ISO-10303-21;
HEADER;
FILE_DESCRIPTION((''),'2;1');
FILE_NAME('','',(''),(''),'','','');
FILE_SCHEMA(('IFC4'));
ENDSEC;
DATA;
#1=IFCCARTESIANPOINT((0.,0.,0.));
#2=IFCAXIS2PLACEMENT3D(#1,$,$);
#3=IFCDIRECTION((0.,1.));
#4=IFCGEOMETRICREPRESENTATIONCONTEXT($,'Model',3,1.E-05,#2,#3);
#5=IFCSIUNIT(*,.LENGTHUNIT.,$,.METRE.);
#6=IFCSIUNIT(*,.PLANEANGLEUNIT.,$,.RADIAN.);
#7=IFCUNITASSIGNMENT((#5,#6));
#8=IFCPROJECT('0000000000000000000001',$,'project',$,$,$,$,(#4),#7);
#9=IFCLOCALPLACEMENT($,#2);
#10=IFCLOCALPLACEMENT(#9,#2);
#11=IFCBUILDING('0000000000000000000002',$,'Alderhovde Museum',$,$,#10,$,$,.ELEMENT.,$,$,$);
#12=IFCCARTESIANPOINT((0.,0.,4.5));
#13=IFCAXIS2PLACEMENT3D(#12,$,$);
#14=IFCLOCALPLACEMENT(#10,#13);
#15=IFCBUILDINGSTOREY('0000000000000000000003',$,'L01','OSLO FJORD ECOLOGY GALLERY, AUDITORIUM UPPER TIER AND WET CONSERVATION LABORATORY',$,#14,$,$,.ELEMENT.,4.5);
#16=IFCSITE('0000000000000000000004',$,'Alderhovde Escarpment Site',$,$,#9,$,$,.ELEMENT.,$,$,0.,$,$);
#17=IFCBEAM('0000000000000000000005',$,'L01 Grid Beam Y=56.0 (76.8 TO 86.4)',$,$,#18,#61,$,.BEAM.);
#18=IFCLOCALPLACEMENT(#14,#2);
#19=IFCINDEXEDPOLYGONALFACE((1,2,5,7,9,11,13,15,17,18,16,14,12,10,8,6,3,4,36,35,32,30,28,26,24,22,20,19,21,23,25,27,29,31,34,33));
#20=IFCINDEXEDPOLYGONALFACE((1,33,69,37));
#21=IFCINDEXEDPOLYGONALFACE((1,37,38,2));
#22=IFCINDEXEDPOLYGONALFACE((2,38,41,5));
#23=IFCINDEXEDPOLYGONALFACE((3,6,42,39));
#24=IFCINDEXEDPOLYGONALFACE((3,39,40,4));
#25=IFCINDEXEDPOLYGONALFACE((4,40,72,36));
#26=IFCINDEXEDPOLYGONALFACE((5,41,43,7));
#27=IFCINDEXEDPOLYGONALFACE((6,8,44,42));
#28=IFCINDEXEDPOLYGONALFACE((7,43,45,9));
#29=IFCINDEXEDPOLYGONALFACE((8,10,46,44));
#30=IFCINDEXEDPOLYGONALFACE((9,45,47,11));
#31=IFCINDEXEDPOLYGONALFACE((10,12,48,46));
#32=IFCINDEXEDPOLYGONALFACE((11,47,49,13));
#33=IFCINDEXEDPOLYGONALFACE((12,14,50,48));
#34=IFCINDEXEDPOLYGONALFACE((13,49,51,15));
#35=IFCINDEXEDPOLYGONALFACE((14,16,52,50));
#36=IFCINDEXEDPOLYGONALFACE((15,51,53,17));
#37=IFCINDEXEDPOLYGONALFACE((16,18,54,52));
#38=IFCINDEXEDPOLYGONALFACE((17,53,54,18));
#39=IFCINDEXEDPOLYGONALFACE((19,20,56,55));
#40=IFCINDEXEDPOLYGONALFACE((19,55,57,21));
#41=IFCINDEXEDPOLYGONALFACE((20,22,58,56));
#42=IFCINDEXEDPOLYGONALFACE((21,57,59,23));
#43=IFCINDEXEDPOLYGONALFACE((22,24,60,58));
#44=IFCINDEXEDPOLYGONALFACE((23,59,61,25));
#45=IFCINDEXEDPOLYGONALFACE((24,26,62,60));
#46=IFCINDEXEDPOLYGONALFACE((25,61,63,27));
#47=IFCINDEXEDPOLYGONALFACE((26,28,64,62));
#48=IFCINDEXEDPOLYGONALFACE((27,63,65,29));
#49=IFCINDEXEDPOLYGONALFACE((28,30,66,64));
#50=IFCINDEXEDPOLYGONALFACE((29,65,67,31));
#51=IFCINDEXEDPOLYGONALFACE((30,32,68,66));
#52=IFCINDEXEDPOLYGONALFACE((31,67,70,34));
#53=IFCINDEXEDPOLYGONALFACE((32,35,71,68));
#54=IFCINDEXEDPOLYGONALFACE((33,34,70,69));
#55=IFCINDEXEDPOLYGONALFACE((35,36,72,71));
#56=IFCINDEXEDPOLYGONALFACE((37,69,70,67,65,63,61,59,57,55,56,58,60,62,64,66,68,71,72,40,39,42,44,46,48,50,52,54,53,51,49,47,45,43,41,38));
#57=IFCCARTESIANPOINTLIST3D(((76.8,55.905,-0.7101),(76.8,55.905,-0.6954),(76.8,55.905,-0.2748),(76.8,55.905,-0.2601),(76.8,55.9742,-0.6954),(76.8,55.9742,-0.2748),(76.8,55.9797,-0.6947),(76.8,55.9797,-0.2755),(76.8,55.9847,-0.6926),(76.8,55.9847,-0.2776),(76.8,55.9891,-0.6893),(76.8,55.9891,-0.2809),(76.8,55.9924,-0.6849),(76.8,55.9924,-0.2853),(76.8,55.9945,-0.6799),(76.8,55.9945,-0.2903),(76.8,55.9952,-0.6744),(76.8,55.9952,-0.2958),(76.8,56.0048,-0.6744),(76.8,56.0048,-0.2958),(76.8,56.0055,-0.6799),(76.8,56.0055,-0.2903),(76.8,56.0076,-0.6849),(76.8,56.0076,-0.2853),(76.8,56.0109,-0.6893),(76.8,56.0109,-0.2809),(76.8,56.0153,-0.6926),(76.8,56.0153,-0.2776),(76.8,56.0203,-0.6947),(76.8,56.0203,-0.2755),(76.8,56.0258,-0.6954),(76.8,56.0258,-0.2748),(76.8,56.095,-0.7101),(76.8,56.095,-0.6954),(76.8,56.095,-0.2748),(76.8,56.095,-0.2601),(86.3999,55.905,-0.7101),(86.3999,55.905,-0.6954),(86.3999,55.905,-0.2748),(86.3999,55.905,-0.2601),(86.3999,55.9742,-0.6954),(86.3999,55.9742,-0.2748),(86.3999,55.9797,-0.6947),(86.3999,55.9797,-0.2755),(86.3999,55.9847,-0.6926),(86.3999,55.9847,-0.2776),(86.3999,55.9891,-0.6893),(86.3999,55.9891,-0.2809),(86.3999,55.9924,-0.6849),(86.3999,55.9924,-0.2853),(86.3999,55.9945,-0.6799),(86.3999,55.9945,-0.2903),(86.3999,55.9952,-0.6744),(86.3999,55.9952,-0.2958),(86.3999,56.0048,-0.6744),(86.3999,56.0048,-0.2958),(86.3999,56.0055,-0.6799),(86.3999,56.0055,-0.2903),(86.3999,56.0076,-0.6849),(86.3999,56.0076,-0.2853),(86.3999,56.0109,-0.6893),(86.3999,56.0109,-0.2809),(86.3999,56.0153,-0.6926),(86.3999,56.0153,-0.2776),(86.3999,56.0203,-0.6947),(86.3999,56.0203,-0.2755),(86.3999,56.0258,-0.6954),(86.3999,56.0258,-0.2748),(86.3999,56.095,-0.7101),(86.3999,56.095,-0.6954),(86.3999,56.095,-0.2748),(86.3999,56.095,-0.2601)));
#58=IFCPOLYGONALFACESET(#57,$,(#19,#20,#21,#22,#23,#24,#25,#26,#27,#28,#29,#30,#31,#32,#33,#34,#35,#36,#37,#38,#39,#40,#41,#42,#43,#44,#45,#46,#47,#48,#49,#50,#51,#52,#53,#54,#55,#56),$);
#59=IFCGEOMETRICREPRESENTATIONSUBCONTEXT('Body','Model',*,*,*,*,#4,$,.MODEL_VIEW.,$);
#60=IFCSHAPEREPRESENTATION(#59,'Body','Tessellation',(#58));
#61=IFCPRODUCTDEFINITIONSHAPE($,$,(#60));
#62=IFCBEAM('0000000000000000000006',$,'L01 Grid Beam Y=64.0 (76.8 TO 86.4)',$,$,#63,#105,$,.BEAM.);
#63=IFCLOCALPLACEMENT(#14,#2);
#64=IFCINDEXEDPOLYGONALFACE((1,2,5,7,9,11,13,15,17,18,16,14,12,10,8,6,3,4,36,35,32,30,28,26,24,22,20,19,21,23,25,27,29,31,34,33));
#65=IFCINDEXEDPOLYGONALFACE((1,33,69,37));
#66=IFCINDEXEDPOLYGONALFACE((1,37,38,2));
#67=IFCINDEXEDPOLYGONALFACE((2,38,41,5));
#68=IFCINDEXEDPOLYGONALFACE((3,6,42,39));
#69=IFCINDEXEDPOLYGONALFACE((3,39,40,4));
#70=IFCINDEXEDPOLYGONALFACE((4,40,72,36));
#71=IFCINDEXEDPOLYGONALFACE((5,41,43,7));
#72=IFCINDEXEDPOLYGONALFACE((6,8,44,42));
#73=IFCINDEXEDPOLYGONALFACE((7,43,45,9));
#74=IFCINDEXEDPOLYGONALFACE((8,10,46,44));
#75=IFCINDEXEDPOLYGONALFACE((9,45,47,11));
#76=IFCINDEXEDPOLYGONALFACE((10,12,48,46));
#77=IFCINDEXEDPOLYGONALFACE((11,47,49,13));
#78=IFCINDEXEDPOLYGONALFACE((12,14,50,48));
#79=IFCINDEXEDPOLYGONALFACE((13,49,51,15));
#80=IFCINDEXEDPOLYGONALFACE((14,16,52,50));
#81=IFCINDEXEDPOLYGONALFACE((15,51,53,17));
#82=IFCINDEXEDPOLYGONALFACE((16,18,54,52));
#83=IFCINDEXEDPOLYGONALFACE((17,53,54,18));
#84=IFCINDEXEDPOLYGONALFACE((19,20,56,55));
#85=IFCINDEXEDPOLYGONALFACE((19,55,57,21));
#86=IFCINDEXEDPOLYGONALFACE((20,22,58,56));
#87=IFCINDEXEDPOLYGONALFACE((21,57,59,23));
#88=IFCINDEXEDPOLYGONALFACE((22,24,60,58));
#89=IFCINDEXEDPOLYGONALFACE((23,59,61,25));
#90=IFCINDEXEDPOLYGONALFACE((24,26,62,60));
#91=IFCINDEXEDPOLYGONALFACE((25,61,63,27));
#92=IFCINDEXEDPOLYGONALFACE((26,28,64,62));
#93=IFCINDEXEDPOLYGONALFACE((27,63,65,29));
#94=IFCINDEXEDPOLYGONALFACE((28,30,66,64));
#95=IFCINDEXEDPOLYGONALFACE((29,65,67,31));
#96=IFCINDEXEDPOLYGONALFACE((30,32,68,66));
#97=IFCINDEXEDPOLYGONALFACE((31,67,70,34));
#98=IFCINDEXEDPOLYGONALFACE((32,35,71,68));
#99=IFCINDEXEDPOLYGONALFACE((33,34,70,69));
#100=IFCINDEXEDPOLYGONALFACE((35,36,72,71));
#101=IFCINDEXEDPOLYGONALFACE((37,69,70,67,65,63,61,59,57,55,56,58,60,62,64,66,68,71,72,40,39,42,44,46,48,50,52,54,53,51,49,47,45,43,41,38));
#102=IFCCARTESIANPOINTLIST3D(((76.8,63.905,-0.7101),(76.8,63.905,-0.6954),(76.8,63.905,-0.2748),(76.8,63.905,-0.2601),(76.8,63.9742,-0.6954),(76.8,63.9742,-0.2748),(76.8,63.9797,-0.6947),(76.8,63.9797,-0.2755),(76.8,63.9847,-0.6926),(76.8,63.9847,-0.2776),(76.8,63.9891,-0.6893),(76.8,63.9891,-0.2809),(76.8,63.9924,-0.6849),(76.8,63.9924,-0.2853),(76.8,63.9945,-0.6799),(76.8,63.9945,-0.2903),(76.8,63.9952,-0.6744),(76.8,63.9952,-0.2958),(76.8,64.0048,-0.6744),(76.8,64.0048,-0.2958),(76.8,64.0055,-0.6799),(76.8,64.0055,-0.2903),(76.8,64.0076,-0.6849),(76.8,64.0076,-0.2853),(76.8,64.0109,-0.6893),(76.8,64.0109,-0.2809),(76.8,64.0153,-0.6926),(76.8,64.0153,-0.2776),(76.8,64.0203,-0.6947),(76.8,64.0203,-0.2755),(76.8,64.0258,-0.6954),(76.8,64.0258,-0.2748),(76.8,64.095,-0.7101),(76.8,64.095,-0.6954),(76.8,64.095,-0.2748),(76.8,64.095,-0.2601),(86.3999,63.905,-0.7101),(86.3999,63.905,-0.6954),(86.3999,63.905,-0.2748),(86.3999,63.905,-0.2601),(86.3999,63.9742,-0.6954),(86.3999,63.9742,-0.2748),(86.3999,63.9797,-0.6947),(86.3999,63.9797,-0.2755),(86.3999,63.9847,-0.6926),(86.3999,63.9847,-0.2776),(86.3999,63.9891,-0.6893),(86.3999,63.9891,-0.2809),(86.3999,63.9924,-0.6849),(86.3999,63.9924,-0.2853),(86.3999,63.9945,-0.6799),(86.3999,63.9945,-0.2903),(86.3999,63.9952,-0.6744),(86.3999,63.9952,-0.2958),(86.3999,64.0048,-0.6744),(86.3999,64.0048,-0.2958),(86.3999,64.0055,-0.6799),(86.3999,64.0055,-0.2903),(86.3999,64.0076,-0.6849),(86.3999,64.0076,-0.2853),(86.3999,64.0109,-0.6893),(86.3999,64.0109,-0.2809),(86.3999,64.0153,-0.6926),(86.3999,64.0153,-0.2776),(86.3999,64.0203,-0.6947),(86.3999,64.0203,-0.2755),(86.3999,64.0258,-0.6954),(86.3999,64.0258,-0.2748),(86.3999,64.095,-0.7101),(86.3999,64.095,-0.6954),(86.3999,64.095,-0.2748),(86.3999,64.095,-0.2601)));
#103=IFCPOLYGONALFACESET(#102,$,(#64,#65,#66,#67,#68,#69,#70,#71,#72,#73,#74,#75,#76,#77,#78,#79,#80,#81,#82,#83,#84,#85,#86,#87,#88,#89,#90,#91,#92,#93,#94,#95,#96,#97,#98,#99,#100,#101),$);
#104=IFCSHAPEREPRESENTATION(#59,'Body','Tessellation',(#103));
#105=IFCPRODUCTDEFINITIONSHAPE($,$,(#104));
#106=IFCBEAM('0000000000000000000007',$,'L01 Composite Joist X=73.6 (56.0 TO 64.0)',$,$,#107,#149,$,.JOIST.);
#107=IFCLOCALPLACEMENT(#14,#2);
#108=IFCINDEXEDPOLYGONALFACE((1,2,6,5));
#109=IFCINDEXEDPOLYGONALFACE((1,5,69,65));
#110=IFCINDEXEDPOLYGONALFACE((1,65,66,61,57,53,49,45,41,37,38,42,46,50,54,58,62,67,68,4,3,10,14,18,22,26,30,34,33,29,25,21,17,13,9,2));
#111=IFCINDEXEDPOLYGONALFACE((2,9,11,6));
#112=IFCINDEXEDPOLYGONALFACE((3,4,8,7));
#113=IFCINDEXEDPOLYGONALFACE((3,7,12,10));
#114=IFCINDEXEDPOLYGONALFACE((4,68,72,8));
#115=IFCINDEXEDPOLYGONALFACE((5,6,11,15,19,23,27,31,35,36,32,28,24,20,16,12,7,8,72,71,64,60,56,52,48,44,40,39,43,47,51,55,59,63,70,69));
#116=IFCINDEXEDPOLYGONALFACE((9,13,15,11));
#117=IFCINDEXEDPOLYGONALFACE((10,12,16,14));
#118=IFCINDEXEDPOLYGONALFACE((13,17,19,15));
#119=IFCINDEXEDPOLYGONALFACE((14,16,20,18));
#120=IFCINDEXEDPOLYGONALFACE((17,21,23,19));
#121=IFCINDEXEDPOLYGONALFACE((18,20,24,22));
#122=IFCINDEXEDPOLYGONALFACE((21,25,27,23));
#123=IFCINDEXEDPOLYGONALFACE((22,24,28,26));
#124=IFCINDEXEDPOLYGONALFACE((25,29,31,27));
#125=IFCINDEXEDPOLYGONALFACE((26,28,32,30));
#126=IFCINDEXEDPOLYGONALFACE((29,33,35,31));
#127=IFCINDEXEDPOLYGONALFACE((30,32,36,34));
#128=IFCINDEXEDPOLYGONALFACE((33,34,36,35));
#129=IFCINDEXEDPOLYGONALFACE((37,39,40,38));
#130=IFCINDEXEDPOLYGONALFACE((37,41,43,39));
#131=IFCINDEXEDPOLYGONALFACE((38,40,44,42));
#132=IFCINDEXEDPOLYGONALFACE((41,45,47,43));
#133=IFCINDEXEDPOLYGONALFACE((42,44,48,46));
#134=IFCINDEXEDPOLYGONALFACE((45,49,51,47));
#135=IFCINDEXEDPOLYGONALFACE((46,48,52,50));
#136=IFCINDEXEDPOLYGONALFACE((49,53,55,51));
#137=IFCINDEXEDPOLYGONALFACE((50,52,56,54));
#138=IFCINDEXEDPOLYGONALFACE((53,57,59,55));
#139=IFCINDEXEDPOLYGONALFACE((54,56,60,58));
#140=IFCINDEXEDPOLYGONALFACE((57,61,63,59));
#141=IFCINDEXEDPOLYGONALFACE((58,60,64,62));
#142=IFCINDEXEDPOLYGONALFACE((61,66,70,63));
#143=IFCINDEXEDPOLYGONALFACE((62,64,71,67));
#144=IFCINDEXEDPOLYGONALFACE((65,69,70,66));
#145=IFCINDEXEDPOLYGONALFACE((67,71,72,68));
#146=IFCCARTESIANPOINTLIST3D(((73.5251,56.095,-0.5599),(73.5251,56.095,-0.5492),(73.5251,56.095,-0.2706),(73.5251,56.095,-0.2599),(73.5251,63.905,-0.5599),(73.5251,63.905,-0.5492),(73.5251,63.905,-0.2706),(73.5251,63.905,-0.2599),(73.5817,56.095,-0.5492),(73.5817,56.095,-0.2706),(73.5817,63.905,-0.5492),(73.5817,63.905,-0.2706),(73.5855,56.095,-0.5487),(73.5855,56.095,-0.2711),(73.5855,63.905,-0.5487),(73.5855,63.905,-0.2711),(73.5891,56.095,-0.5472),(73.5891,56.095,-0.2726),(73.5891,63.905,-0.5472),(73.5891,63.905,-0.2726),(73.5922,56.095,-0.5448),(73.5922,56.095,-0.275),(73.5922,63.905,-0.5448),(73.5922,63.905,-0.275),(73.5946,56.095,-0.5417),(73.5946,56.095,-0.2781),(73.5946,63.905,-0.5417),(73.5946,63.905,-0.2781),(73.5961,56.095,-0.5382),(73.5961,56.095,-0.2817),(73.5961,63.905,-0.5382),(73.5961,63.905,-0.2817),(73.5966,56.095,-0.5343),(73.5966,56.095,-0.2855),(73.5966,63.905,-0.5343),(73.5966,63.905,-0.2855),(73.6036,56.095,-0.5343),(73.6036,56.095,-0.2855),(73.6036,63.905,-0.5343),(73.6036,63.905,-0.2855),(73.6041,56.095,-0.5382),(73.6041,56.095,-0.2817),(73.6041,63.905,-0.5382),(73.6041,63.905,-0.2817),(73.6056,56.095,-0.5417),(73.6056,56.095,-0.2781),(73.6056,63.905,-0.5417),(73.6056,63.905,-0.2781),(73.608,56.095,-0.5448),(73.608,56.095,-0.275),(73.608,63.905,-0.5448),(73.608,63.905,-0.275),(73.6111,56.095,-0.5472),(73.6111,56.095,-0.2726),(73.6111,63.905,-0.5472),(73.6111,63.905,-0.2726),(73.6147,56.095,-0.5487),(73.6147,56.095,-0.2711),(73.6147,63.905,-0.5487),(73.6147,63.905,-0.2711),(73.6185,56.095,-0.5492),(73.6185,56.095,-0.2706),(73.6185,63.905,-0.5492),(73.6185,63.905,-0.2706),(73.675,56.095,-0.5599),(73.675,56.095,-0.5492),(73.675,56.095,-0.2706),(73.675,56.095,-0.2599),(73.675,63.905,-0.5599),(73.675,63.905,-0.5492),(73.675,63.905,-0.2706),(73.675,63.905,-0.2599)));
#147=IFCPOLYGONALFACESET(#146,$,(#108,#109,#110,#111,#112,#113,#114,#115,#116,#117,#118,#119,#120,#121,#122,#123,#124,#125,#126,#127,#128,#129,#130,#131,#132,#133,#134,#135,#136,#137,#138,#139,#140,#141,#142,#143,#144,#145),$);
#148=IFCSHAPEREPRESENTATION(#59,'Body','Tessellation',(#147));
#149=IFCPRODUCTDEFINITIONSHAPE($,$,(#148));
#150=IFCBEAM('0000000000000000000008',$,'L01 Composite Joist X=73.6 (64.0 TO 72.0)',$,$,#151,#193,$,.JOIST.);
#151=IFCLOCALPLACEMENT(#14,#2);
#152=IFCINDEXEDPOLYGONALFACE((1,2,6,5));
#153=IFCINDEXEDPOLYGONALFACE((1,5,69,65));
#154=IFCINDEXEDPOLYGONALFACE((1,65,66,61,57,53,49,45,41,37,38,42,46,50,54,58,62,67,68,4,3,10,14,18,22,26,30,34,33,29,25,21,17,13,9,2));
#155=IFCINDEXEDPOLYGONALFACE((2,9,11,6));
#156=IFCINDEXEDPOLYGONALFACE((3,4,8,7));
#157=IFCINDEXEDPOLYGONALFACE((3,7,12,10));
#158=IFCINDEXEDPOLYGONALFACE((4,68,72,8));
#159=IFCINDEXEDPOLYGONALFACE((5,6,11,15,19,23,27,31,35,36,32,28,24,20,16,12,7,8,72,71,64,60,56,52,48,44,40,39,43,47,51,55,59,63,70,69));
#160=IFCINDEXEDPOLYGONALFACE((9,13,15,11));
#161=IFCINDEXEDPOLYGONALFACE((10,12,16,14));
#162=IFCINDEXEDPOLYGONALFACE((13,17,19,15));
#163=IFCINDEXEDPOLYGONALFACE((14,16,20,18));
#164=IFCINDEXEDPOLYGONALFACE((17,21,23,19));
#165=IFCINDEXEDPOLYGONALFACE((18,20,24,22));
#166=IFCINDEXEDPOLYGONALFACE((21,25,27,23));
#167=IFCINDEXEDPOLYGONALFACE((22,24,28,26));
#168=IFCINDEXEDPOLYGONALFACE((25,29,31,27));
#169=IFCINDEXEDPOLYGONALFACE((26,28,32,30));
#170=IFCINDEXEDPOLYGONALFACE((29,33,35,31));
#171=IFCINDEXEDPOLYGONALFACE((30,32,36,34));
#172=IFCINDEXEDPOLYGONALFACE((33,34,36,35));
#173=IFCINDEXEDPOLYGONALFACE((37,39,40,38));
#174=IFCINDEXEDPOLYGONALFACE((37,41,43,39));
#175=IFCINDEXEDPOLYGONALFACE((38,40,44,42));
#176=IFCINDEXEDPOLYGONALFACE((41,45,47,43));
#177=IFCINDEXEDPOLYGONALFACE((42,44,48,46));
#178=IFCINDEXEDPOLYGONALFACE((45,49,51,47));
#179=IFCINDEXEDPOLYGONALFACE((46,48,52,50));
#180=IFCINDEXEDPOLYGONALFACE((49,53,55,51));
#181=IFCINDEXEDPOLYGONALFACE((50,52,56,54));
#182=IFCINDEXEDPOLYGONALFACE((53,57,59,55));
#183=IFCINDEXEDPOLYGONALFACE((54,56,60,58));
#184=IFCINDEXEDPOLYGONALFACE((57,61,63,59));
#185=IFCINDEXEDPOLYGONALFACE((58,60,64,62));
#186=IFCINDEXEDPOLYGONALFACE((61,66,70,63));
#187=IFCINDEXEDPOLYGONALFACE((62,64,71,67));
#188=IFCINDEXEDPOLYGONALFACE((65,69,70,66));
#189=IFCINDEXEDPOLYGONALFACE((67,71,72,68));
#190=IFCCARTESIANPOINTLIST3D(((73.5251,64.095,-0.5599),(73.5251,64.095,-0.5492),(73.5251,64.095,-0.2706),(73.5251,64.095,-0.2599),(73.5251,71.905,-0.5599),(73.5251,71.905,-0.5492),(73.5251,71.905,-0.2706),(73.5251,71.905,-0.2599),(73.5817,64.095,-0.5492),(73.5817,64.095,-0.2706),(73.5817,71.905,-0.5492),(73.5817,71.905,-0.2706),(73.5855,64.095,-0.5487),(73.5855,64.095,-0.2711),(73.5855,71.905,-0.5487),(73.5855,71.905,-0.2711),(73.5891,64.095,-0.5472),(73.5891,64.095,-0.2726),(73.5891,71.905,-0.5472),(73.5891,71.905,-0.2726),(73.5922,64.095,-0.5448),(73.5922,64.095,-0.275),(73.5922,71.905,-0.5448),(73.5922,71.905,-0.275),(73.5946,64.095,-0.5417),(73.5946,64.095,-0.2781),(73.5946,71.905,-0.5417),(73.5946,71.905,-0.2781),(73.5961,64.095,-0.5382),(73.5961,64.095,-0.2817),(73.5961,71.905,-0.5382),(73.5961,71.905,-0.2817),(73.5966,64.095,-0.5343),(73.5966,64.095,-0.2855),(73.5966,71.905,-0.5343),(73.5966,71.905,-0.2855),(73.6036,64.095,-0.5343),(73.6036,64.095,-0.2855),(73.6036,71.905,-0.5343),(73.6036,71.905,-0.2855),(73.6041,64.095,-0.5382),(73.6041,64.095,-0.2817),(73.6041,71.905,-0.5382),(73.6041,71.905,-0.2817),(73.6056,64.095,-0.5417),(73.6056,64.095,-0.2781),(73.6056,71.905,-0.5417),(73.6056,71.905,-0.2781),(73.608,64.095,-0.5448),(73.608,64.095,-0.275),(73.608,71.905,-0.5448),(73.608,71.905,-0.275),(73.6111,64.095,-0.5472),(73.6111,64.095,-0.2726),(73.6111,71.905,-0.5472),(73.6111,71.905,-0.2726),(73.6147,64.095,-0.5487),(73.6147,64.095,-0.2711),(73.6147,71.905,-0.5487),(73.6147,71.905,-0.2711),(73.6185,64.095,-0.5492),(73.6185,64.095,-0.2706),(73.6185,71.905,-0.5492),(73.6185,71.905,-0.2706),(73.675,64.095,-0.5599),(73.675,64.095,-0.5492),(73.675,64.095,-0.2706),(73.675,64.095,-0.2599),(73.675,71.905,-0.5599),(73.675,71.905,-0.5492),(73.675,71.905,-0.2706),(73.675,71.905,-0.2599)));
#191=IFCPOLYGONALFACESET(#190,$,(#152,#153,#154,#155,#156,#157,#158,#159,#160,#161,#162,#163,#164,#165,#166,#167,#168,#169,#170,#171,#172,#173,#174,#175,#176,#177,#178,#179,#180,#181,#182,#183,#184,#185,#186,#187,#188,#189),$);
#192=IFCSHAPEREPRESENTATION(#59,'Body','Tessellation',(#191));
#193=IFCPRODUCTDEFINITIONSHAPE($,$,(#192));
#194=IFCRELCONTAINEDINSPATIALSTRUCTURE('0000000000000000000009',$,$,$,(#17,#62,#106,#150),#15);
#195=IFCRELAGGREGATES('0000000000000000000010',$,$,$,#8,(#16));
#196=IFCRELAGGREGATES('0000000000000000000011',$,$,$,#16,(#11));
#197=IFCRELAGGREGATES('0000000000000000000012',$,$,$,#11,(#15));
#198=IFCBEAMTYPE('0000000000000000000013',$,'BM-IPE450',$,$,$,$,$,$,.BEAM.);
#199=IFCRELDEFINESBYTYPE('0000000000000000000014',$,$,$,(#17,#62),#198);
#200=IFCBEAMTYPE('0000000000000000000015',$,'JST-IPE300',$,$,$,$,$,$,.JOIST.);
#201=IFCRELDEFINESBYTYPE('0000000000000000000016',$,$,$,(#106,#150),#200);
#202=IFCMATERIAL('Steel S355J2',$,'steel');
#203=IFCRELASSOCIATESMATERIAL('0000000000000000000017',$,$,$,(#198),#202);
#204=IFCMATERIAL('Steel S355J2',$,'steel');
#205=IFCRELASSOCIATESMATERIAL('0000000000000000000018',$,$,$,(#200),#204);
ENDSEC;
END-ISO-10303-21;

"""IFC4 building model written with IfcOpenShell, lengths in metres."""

from ifc_helpers import new_model, si_unit, direction, frame, origin, origin_2d, place, context, subcontext, project, spatial, i_section, extrude, material, material_profile, profile_set, type_object, element, save


model = new_model("IFC4")

# Units and contexts
model_context = context("Model", 3, precision=1e-05, world=origin(), true_north=direction((0.0, 1.0)))
body_context = subcontext(model_context, "Body", "Model", "MODEL_VIEW")
ifc_project = project(units=[si_unit("LENGTHUNIT", "METRE"), si_unit("PLANEANGLEUNIT", "RADIAN")], contexts=[model_context])

# Site, building, storey
site_placement = place(None, origin())
site = spatial("IfcSite", under=ifc_project, at=site_placement, Name="Alderhovde Escarpment Site", CompositionType="ELEMENT", RefElevation=0.0)
building_placement = place(site_placement, origin())
building = spatial("IfcBuilding", under=site, at=building_placement, Name="Alderhovde Museum", CompositionType="ELEMENT")
storey_placement = place(building_placement, frame((0.0, 0.0, 4.5)))
storey = spatial("IfcBuildingStorey", under=building, at=storey_placement, Name="L01", Description="OSLO FJORD ECOLOGY GALLERY, AUDITORIUM UPPER TIER AND WET CONSERVATION LABORATORY", CompositionType="ELEMENT", Elevation=4.5)

# Beams
ifc_material_1 = material(Name="Steel S355J2", Category="steel")
ifc_material_profile_1 = material_profile(ifc_material_1, i_section(OverallWidth=0.1899, OverallDepth=0.45, WebThickness=0.0095, FlangeThickness=0.0146, FilletRadius=0.021, at=origin_2d()), Name="IPE 450")
ifc_profile_set_1 = profile_set([ifc_material_profile_1], Name="Steel S355J2")
beam_type_1 = type_object("IfcBeamType", Name="BM-IPE450", PredefinedType="BEAM", material=ifc_profile_set_1)
for number, where, z_axis, x_axis, name in (
    (1, (76.8, 56.0, -0.4851), (1.0, 0.0, 0.0), (0.0, 1.0, 0.0), "L01 Grid Beam Y=56.0 (76.8 TO 86.4)"),
    (2, (76.8, 64.0, -0.4851), (1.0, 0.0, 0.0), (0.0, 1.0, 0.0), "L01 Grid Beam Y=64.0 (76.8 TO 86.4)"),
):
    element("IfcBeam", number, at=place(storey_placement, frame(where, z_axis=z_axis, x_axis=x_axis)), inside=storey, type_object=beam_type_1, Name=name, PredefinedType="BEAM", context=body_context, shape_type="SweptSolid", body=[
        extrude(i_section(OverallWidth=0.1899, OverallDepth=0.45, WebThickness=0.0095, FlangeThickness=0.0146, FilletRadius=0.021, at=origin_2d()), origin(), (0.0, 0.0, 1.0), 9.5999),
    ])
ifc_material_2 = material(Name="Steel S355J2", Category="steel")
ifc_material_profile_2 = material_profile(ifc_material_2, i_section(OverallWidth=0.1499, OverallDepth=0.3, WebThickness=0.0071, FlangeThickness=0.0107, FilletRadius=0.0149, at=origin_2d()), Name="IPE 300")
ifc_profile_set_2 = profile_set([ifc_material_profile_2], Name="Steel S355J2")
beam_type_2 = type_object("IfcBeamType", Name="JST-IPE300", PredefinedType="JOIST", material=ifc_profile_set_2)
for number, where, z_axis, x_axis, name in (
    (3, (73.6001, 56.095, -0.4099), (0.0, 1.0, 0.0), (-1.0, 0.0, 0.0), "L01 Composite Joist X=73.6 (56.0 TO 64.0)"),
    (4, (73.6001, 64.095, -0.4099), (0.0, 1.0, 0.0), (-1.0, 0.0, 0.0), "L01 Composite Joist X=73.6 (64.0 TO 72.0)"),
):
    element("IfcBeam", number, at=place(storey_placement, frame(where, z_axis=z_axis, x_axis=x_axis)), inside=storey, type_object=beam_type_2, Name=name, PredefinedType="JOIST", context=body_context, shape_type="SweptSolid", body=[
        extrude(i_section(OverallWidth=0.1499, OverallDepth=0.3, WebThickness=0.0071, FlangeThickness=0.0107, FilletRadius=0.0149, at=origin_2d()), origin(), (0.0, 0.0, 1.0), 7.8101),
    ])

save(model, "model.ifc")
